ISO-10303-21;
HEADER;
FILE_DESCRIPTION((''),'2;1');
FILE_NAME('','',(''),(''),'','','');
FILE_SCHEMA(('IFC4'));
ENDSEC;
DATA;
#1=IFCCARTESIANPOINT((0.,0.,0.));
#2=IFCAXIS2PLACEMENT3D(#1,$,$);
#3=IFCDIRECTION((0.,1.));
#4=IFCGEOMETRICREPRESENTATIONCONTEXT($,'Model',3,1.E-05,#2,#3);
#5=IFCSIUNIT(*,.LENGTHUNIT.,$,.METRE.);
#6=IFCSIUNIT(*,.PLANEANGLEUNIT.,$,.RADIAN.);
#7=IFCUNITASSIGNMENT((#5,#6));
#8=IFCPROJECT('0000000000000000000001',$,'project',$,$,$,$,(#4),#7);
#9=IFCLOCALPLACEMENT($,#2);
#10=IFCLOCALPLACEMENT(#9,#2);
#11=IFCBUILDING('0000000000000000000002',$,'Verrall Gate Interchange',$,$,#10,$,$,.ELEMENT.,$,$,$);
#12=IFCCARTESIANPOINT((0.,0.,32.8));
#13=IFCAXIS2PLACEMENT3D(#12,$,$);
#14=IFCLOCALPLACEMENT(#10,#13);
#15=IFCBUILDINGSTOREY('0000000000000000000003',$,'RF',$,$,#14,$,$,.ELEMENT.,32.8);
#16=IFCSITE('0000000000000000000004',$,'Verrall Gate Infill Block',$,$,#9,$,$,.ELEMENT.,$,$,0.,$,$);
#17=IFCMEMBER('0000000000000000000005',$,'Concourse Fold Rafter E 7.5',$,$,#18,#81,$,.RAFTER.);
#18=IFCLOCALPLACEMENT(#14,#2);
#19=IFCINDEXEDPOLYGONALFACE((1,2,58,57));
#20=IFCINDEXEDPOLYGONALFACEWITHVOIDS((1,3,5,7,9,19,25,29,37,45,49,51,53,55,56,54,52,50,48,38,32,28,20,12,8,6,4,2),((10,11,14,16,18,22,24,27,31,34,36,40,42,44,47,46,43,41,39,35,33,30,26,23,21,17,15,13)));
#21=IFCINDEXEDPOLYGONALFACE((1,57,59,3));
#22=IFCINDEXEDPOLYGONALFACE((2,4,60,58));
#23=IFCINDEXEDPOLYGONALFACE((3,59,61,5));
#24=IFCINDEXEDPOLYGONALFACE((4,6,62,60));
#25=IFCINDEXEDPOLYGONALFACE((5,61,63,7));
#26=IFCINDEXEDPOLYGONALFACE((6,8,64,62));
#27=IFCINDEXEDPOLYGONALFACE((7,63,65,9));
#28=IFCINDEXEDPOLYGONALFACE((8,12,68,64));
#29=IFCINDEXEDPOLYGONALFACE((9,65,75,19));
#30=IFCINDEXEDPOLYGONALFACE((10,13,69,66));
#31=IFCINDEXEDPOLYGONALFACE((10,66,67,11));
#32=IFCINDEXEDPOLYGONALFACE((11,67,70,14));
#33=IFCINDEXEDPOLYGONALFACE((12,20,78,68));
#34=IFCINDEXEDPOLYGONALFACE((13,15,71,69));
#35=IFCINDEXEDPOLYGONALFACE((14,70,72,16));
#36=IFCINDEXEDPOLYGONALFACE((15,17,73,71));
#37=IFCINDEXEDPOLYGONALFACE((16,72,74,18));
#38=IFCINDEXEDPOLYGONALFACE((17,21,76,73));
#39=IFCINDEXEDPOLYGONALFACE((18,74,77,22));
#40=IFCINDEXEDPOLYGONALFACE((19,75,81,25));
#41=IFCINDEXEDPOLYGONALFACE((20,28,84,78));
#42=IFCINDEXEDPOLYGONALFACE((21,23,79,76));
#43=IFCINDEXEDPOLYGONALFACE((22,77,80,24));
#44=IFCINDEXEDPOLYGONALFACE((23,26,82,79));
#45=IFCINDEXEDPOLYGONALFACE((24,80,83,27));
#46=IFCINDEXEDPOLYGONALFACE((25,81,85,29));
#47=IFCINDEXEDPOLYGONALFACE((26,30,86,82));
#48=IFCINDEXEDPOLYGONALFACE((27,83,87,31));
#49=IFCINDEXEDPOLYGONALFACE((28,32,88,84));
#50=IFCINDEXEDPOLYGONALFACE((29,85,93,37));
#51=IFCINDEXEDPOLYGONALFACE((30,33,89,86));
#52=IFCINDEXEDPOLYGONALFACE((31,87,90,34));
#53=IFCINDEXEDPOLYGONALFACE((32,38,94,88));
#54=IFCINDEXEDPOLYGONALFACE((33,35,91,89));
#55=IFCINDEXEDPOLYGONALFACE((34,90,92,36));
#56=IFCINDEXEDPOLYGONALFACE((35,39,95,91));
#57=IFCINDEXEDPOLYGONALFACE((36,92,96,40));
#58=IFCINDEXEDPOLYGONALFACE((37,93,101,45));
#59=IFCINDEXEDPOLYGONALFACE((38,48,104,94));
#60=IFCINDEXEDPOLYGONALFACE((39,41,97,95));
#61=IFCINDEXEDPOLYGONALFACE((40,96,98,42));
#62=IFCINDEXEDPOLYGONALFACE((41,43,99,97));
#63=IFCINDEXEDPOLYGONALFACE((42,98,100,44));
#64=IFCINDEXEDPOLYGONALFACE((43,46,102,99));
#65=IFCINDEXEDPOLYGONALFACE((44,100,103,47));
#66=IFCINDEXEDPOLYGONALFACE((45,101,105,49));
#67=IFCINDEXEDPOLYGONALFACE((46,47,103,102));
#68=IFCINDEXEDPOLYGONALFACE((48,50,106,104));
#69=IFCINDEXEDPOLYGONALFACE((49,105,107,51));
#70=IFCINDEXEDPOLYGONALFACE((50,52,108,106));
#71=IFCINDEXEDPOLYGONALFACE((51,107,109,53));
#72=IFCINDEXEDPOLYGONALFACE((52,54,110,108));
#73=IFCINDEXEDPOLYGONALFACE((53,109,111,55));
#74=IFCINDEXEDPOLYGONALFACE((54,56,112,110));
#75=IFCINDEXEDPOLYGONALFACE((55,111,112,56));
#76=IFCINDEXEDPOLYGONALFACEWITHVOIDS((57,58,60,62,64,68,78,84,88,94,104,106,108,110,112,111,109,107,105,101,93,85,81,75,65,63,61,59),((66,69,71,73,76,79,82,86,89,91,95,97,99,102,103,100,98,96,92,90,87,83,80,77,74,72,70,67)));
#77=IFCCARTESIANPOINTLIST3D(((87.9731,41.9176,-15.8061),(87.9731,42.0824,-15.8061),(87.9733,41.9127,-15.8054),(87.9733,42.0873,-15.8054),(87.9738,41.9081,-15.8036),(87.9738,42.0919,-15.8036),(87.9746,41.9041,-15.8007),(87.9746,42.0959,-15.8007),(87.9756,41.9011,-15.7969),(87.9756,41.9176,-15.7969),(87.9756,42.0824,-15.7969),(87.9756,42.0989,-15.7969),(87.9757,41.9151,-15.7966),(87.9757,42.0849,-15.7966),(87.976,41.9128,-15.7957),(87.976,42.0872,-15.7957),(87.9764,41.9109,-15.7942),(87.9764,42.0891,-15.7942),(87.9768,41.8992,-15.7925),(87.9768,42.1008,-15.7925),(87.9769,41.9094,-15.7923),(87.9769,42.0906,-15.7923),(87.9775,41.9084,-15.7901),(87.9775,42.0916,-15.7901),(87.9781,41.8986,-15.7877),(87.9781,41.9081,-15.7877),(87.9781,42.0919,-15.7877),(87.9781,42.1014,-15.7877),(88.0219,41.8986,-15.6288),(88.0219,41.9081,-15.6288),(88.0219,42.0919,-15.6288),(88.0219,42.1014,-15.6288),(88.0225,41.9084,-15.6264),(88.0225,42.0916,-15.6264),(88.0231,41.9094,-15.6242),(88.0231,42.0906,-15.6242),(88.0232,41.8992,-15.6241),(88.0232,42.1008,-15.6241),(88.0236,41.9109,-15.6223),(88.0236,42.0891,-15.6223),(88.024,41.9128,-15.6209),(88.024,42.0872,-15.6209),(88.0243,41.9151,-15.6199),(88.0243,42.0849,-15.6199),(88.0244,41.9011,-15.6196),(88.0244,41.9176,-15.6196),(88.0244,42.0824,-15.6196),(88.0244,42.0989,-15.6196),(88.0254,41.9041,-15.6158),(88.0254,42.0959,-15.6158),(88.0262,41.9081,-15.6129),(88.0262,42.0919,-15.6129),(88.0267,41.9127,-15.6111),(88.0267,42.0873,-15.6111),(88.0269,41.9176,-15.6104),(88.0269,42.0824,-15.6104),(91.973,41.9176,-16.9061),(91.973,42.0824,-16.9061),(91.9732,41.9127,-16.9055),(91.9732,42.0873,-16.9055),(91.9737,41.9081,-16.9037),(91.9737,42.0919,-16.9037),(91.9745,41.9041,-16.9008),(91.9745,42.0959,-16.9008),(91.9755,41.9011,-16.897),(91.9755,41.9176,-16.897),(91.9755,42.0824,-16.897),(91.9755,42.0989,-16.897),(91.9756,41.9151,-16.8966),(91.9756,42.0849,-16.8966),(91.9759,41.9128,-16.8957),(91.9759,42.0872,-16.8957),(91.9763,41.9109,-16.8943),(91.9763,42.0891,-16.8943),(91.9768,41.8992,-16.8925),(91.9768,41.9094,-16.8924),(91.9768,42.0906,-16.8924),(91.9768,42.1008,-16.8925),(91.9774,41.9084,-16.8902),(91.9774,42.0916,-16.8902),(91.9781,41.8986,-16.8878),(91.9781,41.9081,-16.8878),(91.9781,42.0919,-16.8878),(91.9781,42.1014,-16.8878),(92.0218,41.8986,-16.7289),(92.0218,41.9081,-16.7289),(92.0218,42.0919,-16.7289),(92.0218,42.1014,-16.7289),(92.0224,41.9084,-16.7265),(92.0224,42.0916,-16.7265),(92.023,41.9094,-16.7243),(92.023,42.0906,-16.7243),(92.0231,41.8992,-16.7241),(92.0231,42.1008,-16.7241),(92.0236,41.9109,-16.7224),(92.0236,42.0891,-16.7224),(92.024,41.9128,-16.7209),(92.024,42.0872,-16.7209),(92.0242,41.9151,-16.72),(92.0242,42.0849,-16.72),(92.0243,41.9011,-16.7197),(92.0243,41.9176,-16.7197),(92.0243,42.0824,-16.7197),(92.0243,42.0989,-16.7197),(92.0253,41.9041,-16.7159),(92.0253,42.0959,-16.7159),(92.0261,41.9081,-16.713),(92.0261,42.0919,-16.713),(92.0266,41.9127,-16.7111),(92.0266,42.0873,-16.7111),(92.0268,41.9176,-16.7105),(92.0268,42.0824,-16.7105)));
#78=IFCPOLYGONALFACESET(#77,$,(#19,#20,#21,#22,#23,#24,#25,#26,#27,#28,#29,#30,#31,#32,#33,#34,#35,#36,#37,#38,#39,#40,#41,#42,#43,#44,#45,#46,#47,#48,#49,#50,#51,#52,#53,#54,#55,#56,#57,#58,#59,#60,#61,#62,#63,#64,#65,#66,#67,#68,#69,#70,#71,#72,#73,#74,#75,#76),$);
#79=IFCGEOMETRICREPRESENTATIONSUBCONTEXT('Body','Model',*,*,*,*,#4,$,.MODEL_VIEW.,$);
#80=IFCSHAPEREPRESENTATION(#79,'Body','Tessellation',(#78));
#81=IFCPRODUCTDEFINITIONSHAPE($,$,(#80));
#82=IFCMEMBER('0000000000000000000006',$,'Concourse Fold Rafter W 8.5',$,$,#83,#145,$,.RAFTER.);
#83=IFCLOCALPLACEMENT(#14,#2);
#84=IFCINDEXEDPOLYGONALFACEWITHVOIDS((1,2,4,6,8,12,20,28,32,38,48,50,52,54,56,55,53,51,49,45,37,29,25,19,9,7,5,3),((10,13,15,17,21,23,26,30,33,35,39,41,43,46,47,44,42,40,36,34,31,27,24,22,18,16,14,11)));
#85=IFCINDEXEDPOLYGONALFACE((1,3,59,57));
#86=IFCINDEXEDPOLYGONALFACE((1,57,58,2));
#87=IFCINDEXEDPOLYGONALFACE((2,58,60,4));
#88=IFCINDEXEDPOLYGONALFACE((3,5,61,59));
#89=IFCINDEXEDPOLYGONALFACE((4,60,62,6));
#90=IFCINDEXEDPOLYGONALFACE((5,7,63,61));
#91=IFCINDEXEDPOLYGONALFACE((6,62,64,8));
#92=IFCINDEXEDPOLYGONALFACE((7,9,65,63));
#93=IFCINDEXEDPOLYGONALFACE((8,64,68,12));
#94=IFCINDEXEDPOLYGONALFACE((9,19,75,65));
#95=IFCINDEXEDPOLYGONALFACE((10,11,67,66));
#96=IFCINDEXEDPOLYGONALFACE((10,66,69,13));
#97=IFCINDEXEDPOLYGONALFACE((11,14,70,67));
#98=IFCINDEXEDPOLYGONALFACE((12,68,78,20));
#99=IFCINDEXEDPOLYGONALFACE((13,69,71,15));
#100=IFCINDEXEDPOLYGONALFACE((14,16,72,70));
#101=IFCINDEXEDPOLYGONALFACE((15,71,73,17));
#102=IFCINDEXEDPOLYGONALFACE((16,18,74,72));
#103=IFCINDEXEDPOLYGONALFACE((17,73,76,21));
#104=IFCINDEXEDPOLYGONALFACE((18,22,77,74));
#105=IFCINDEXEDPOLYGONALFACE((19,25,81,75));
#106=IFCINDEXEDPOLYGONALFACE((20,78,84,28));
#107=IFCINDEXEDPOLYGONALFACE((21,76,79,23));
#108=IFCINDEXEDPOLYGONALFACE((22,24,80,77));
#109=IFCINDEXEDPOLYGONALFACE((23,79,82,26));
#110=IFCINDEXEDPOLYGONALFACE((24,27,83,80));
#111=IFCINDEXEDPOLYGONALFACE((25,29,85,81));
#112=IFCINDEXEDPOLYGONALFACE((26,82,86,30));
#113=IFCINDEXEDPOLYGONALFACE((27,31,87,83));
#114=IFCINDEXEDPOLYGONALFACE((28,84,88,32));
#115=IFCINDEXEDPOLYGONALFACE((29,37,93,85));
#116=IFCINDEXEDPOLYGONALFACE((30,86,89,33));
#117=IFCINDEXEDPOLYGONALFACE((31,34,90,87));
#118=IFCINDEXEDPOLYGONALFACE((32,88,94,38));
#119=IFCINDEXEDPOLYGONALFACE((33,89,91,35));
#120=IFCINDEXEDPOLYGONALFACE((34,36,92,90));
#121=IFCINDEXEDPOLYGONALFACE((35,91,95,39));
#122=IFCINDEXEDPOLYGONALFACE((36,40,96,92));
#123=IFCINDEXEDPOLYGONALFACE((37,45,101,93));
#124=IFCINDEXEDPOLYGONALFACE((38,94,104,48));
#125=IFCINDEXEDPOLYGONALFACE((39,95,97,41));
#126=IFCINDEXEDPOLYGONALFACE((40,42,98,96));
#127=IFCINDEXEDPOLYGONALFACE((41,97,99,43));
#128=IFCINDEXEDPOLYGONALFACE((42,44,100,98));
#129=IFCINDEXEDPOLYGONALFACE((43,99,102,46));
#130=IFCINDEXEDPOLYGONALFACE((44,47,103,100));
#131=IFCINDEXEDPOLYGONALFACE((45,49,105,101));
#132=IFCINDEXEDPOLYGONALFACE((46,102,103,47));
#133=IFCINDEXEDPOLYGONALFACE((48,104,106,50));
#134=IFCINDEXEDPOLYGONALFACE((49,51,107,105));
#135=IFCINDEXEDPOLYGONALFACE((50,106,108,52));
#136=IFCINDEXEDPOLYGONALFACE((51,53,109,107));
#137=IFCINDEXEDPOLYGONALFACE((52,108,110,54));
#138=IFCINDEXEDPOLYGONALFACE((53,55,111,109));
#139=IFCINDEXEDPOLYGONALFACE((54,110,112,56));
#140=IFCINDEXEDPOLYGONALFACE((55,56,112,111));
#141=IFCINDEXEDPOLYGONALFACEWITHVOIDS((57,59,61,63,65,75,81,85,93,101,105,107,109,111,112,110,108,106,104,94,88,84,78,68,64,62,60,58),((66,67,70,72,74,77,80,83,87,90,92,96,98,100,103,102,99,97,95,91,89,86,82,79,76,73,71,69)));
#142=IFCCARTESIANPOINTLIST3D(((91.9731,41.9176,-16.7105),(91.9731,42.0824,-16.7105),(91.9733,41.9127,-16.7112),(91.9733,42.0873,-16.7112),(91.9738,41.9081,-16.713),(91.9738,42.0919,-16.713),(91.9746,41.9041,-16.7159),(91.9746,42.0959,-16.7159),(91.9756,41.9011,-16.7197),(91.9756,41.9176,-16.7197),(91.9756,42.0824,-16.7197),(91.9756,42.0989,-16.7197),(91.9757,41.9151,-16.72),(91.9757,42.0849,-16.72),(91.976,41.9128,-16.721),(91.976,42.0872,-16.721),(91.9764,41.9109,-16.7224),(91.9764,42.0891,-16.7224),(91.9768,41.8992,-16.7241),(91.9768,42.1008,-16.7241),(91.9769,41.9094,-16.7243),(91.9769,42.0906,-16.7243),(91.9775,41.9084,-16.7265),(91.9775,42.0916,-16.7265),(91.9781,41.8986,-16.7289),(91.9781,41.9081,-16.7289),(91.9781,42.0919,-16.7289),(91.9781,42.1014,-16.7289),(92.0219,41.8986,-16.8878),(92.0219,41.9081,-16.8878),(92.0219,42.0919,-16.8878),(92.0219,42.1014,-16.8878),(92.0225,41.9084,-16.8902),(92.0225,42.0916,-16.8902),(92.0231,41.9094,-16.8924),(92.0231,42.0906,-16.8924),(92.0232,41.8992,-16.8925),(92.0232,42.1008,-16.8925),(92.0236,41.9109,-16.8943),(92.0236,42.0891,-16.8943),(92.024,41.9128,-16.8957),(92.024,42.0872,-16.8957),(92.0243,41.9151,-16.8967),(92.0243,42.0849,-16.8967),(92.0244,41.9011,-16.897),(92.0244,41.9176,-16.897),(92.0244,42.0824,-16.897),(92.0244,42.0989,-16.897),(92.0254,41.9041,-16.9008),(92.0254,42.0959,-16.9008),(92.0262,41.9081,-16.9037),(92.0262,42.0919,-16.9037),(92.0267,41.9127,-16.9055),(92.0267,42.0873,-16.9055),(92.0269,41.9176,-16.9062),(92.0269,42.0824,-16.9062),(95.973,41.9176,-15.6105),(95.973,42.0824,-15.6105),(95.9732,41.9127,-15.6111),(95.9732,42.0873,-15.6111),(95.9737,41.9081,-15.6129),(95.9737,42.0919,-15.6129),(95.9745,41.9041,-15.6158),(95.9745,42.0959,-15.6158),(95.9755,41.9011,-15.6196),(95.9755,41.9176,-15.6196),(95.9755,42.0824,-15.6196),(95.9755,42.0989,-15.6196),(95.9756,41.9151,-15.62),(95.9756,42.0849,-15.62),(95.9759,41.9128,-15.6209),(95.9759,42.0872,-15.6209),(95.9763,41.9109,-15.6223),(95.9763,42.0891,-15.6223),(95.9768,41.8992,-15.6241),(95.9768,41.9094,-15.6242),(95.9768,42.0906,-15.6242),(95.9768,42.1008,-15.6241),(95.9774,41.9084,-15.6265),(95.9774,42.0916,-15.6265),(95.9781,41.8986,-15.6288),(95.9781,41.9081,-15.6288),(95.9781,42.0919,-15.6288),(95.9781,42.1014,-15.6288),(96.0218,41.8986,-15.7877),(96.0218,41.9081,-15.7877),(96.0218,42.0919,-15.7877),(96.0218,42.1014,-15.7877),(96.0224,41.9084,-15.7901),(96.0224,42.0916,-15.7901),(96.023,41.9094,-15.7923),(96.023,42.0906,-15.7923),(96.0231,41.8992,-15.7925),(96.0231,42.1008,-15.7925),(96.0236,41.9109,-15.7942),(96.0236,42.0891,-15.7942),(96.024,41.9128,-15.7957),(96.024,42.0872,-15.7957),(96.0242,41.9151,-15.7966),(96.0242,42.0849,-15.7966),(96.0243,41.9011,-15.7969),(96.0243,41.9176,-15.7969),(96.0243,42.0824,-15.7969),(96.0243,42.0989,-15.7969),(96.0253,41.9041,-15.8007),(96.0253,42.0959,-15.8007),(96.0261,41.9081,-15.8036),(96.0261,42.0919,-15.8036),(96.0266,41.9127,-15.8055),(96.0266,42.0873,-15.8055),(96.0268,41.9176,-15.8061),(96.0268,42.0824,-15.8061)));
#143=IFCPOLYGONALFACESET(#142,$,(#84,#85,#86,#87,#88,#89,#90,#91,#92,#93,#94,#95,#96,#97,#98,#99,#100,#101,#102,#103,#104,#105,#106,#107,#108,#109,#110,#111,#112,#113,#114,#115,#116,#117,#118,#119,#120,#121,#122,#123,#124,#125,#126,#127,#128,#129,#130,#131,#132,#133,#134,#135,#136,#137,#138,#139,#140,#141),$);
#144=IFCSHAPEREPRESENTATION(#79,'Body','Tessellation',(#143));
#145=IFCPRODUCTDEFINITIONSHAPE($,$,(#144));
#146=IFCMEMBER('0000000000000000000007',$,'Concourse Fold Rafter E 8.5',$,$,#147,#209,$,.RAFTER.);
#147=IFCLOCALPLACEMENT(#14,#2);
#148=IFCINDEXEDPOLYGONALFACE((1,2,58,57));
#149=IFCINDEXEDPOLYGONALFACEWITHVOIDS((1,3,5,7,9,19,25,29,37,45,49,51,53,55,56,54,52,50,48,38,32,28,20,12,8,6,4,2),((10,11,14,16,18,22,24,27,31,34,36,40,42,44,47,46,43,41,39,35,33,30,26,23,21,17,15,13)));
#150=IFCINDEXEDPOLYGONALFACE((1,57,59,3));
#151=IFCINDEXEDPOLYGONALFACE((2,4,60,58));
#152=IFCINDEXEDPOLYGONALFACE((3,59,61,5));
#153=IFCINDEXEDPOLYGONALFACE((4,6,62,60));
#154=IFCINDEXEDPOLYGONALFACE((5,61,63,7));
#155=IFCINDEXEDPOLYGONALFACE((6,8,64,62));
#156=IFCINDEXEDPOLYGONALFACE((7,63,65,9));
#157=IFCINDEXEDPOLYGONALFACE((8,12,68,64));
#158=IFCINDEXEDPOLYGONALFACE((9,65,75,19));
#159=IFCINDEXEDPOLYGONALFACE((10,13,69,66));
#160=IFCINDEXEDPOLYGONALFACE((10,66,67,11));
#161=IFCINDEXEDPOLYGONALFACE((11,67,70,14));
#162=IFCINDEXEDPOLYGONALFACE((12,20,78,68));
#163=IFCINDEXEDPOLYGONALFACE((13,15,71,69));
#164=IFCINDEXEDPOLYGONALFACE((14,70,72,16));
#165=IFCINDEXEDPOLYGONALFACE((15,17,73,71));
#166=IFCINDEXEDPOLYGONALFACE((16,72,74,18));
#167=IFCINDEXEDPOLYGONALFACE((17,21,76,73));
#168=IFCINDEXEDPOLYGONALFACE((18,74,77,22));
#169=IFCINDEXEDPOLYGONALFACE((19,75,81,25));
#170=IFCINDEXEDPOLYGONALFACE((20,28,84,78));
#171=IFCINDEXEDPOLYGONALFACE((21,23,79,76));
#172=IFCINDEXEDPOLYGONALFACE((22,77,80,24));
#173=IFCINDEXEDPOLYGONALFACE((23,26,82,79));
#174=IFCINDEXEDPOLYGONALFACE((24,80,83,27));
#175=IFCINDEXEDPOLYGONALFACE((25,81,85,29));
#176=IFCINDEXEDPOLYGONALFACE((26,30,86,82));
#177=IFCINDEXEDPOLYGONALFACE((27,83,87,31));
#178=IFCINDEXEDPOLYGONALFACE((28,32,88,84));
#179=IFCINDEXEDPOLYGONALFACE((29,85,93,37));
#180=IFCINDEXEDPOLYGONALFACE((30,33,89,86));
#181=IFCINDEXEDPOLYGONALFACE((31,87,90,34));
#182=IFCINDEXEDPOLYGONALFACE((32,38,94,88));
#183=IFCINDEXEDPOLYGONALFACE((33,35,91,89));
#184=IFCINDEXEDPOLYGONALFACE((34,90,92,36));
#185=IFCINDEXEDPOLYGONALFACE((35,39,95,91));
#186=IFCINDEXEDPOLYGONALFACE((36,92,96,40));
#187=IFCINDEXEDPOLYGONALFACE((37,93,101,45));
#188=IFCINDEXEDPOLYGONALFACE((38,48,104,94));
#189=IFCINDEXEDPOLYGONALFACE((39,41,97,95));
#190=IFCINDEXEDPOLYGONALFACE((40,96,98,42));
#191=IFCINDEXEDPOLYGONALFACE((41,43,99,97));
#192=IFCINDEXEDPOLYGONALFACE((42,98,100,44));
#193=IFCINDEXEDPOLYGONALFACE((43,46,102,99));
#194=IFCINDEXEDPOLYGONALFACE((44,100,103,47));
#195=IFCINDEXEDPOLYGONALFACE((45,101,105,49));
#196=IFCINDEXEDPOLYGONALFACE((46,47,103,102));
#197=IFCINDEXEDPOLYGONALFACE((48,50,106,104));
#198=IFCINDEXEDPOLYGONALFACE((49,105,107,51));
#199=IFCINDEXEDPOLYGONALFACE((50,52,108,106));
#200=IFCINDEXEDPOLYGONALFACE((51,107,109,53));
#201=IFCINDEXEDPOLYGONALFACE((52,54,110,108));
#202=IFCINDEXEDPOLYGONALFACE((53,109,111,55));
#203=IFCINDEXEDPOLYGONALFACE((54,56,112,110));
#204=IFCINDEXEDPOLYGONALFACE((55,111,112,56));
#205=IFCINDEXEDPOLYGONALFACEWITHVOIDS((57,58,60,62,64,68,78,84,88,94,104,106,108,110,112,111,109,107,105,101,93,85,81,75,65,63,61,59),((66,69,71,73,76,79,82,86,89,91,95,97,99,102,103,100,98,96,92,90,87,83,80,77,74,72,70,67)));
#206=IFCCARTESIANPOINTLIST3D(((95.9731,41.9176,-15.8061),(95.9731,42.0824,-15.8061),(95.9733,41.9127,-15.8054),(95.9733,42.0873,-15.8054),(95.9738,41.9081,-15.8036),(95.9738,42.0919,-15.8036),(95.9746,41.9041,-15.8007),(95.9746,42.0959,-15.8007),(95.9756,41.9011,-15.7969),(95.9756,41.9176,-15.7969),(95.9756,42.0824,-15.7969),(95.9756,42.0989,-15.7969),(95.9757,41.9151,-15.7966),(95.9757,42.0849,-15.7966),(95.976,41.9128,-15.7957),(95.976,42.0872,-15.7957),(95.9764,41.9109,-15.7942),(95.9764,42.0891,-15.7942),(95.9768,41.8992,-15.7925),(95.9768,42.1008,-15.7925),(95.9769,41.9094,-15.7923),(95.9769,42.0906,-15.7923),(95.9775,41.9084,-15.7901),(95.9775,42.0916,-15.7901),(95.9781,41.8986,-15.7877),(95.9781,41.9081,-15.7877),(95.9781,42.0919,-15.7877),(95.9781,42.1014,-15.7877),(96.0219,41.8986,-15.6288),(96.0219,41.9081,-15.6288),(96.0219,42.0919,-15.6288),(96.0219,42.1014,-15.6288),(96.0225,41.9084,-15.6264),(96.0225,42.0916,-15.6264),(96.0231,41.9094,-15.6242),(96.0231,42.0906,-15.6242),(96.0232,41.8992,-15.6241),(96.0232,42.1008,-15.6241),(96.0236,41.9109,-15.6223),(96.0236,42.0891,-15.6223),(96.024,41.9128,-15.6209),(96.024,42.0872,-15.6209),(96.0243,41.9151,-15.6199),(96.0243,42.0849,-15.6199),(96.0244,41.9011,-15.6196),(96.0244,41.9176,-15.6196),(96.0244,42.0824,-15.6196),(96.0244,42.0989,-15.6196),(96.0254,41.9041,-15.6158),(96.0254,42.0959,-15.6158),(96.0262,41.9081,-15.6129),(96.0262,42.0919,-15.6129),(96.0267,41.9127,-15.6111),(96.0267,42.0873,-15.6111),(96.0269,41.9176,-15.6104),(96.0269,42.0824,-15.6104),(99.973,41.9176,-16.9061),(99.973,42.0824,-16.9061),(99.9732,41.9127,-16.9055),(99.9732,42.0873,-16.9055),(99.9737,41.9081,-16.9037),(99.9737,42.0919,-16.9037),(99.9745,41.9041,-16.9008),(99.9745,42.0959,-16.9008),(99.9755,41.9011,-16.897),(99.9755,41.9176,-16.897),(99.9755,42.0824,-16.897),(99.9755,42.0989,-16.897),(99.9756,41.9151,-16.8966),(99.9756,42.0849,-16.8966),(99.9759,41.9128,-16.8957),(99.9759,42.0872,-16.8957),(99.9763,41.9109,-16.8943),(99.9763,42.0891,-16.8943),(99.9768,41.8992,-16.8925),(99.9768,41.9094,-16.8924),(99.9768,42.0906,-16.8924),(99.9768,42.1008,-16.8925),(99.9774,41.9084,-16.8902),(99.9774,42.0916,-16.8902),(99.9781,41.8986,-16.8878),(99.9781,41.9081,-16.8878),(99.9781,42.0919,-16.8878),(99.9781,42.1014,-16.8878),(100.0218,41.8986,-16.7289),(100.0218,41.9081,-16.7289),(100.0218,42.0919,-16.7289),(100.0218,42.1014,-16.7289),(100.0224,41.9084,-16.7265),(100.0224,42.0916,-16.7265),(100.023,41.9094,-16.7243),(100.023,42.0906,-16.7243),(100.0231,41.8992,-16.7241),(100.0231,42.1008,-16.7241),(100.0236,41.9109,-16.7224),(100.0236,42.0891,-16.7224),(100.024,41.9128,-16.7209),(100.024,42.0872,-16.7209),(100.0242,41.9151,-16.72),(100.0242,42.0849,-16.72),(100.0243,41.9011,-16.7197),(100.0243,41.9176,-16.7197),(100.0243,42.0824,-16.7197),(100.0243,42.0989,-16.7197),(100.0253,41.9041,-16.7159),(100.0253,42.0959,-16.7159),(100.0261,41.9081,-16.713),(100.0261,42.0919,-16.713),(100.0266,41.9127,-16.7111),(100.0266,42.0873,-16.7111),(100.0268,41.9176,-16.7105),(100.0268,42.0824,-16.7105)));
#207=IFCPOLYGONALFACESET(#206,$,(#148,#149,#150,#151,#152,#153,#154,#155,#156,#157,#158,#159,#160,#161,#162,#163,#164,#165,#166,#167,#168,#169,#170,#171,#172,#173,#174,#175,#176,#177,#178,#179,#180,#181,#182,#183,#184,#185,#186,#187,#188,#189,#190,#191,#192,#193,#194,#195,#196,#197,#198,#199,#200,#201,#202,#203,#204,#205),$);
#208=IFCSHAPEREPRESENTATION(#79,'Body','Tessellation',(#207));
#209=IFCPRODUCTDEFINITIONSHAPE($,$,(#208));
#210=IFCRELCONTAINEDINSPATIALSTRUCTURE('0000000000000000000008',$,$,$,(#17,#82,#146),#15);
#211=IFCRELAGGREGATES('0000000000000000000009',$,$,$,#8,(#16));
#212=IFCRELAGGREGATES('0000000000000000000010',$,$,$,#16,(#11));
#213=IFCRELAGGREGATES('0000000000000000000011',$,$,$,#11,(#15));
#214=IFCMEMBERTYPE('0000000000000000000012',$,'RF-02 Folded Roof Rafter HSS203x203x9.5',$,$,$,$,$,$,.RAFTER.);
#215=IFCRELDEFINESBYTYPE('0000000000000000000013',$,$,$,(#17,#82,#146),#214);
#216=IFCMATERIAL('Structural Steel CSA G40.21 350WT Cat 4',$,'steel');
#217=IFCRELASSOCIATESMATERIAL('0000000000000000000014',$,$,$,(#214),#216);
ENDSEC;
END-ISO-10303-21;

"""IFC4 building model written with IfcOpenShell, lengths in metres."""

from ifc_helpers import new_model, si_unit, direction, frame, origin, origin_2d, place, context, subcontext, project, spatial, hollow_rectangle, extrude, material, material_profile, profile_set, type_object, element, save


model = new_model("IFC4")

# Units and contexts
model_context = context("Model", 3, precision=1e-05, world=origin(), true_north=direction((0.0, 1.0)))
body_context = subcontext(model_context, "Body", "Model", "MODEL_VIEW")
ifc_project = project(units=[si_unit("LENGTHUNIT", "METRE"), si_unit("PLANEANGLEUNIT", "RADIAN")], contexts=[model_context])

# Site, building, storey
site_placement = place(None, origin())
site = spatial("IfcSite", under=ifc_project, at=site_placement, Name="Verrall Gate Infill Block", CompositionType="ELEMENT", RefElevation=0.0)
building_placement = place(site_placement, origin())
building = spatial("IfcBuilding", under=site, at=building_placement, Name="Verrall Gate Interchange", CompositionType="ELEMENT")
storey_placement = place(building_placement, frame((0.0, 0.0, 32.8)))
storey = spatial("IfcBuildingStorey", under=building, at=storey_placement, Name="RF", CompositionType="ELEMENT", Elevation=32.8)

# Members
ifc_material_1 = material(Name="Structural Steel CSA G40.21 350WT Cat 4", Category="steel")
ifc_material_profile_1 = material_profile(ifc_material_1, hollow_rectangle(XDim=0.2029, YDim=0.2029, WallThickness=0.0095, InnerFilletRadius=0.0095, OuterFilletRadius=0.019, at=origin_2d()), Name="HSS203x203x9.5")
ifc_profile_set_1 = profile_set([ifc_material_profile_1], Name="Structural Steel CSA G40.21 350WT Cat 4")
member_type_1 = type_object("IfcMemberType", Name="RF-02 Folded Roof Rafter HSS203x203x9.5", PredefinedType="RAFTER", material=ifc_profile_set_1)
for number, where, z_axis, x_axis, name in (
    (1, (88.0, 42.0, -15.7083), (0.964199, 0.0, -0.265178), (0.0, 1.0, 0.0), "Concourse Fold Rafter E 7.5"),
    (2, (92.0, 42.0, -16.8083), (0.964199, 0.0, 0.265178), (0.0, 1.0, 0.0), "Concourse Fold Rafter W 8.5"),
    (3, (96.0, 42.0, -15.7083), (0.964199, 0.0, -0.265178), (0.0, 1.0, 0.0), "Concourse Fold Rafter E 8.5"),
):
    element("IfcMember", number, at=place(storey_placement, frame(where, z_axis=z_axis, x_axis=x_axis)), inside=storey, type_object=member_type_1, Name=name, PredefinedType="RAFTER", context=body_context, shape_type="SweptSolid", body=[
        extrude(hollow_rectangle(XDim=0.2029, YDim=0.2029, WallThickness=0.0095, InnerFilletRadius=0.0095, OuterFilletRadius=0.019, at=origin_2d()), origin(), (0.0, 0.0, 1.0), 4.1484),
    ])

save(model, "model.ifc")
